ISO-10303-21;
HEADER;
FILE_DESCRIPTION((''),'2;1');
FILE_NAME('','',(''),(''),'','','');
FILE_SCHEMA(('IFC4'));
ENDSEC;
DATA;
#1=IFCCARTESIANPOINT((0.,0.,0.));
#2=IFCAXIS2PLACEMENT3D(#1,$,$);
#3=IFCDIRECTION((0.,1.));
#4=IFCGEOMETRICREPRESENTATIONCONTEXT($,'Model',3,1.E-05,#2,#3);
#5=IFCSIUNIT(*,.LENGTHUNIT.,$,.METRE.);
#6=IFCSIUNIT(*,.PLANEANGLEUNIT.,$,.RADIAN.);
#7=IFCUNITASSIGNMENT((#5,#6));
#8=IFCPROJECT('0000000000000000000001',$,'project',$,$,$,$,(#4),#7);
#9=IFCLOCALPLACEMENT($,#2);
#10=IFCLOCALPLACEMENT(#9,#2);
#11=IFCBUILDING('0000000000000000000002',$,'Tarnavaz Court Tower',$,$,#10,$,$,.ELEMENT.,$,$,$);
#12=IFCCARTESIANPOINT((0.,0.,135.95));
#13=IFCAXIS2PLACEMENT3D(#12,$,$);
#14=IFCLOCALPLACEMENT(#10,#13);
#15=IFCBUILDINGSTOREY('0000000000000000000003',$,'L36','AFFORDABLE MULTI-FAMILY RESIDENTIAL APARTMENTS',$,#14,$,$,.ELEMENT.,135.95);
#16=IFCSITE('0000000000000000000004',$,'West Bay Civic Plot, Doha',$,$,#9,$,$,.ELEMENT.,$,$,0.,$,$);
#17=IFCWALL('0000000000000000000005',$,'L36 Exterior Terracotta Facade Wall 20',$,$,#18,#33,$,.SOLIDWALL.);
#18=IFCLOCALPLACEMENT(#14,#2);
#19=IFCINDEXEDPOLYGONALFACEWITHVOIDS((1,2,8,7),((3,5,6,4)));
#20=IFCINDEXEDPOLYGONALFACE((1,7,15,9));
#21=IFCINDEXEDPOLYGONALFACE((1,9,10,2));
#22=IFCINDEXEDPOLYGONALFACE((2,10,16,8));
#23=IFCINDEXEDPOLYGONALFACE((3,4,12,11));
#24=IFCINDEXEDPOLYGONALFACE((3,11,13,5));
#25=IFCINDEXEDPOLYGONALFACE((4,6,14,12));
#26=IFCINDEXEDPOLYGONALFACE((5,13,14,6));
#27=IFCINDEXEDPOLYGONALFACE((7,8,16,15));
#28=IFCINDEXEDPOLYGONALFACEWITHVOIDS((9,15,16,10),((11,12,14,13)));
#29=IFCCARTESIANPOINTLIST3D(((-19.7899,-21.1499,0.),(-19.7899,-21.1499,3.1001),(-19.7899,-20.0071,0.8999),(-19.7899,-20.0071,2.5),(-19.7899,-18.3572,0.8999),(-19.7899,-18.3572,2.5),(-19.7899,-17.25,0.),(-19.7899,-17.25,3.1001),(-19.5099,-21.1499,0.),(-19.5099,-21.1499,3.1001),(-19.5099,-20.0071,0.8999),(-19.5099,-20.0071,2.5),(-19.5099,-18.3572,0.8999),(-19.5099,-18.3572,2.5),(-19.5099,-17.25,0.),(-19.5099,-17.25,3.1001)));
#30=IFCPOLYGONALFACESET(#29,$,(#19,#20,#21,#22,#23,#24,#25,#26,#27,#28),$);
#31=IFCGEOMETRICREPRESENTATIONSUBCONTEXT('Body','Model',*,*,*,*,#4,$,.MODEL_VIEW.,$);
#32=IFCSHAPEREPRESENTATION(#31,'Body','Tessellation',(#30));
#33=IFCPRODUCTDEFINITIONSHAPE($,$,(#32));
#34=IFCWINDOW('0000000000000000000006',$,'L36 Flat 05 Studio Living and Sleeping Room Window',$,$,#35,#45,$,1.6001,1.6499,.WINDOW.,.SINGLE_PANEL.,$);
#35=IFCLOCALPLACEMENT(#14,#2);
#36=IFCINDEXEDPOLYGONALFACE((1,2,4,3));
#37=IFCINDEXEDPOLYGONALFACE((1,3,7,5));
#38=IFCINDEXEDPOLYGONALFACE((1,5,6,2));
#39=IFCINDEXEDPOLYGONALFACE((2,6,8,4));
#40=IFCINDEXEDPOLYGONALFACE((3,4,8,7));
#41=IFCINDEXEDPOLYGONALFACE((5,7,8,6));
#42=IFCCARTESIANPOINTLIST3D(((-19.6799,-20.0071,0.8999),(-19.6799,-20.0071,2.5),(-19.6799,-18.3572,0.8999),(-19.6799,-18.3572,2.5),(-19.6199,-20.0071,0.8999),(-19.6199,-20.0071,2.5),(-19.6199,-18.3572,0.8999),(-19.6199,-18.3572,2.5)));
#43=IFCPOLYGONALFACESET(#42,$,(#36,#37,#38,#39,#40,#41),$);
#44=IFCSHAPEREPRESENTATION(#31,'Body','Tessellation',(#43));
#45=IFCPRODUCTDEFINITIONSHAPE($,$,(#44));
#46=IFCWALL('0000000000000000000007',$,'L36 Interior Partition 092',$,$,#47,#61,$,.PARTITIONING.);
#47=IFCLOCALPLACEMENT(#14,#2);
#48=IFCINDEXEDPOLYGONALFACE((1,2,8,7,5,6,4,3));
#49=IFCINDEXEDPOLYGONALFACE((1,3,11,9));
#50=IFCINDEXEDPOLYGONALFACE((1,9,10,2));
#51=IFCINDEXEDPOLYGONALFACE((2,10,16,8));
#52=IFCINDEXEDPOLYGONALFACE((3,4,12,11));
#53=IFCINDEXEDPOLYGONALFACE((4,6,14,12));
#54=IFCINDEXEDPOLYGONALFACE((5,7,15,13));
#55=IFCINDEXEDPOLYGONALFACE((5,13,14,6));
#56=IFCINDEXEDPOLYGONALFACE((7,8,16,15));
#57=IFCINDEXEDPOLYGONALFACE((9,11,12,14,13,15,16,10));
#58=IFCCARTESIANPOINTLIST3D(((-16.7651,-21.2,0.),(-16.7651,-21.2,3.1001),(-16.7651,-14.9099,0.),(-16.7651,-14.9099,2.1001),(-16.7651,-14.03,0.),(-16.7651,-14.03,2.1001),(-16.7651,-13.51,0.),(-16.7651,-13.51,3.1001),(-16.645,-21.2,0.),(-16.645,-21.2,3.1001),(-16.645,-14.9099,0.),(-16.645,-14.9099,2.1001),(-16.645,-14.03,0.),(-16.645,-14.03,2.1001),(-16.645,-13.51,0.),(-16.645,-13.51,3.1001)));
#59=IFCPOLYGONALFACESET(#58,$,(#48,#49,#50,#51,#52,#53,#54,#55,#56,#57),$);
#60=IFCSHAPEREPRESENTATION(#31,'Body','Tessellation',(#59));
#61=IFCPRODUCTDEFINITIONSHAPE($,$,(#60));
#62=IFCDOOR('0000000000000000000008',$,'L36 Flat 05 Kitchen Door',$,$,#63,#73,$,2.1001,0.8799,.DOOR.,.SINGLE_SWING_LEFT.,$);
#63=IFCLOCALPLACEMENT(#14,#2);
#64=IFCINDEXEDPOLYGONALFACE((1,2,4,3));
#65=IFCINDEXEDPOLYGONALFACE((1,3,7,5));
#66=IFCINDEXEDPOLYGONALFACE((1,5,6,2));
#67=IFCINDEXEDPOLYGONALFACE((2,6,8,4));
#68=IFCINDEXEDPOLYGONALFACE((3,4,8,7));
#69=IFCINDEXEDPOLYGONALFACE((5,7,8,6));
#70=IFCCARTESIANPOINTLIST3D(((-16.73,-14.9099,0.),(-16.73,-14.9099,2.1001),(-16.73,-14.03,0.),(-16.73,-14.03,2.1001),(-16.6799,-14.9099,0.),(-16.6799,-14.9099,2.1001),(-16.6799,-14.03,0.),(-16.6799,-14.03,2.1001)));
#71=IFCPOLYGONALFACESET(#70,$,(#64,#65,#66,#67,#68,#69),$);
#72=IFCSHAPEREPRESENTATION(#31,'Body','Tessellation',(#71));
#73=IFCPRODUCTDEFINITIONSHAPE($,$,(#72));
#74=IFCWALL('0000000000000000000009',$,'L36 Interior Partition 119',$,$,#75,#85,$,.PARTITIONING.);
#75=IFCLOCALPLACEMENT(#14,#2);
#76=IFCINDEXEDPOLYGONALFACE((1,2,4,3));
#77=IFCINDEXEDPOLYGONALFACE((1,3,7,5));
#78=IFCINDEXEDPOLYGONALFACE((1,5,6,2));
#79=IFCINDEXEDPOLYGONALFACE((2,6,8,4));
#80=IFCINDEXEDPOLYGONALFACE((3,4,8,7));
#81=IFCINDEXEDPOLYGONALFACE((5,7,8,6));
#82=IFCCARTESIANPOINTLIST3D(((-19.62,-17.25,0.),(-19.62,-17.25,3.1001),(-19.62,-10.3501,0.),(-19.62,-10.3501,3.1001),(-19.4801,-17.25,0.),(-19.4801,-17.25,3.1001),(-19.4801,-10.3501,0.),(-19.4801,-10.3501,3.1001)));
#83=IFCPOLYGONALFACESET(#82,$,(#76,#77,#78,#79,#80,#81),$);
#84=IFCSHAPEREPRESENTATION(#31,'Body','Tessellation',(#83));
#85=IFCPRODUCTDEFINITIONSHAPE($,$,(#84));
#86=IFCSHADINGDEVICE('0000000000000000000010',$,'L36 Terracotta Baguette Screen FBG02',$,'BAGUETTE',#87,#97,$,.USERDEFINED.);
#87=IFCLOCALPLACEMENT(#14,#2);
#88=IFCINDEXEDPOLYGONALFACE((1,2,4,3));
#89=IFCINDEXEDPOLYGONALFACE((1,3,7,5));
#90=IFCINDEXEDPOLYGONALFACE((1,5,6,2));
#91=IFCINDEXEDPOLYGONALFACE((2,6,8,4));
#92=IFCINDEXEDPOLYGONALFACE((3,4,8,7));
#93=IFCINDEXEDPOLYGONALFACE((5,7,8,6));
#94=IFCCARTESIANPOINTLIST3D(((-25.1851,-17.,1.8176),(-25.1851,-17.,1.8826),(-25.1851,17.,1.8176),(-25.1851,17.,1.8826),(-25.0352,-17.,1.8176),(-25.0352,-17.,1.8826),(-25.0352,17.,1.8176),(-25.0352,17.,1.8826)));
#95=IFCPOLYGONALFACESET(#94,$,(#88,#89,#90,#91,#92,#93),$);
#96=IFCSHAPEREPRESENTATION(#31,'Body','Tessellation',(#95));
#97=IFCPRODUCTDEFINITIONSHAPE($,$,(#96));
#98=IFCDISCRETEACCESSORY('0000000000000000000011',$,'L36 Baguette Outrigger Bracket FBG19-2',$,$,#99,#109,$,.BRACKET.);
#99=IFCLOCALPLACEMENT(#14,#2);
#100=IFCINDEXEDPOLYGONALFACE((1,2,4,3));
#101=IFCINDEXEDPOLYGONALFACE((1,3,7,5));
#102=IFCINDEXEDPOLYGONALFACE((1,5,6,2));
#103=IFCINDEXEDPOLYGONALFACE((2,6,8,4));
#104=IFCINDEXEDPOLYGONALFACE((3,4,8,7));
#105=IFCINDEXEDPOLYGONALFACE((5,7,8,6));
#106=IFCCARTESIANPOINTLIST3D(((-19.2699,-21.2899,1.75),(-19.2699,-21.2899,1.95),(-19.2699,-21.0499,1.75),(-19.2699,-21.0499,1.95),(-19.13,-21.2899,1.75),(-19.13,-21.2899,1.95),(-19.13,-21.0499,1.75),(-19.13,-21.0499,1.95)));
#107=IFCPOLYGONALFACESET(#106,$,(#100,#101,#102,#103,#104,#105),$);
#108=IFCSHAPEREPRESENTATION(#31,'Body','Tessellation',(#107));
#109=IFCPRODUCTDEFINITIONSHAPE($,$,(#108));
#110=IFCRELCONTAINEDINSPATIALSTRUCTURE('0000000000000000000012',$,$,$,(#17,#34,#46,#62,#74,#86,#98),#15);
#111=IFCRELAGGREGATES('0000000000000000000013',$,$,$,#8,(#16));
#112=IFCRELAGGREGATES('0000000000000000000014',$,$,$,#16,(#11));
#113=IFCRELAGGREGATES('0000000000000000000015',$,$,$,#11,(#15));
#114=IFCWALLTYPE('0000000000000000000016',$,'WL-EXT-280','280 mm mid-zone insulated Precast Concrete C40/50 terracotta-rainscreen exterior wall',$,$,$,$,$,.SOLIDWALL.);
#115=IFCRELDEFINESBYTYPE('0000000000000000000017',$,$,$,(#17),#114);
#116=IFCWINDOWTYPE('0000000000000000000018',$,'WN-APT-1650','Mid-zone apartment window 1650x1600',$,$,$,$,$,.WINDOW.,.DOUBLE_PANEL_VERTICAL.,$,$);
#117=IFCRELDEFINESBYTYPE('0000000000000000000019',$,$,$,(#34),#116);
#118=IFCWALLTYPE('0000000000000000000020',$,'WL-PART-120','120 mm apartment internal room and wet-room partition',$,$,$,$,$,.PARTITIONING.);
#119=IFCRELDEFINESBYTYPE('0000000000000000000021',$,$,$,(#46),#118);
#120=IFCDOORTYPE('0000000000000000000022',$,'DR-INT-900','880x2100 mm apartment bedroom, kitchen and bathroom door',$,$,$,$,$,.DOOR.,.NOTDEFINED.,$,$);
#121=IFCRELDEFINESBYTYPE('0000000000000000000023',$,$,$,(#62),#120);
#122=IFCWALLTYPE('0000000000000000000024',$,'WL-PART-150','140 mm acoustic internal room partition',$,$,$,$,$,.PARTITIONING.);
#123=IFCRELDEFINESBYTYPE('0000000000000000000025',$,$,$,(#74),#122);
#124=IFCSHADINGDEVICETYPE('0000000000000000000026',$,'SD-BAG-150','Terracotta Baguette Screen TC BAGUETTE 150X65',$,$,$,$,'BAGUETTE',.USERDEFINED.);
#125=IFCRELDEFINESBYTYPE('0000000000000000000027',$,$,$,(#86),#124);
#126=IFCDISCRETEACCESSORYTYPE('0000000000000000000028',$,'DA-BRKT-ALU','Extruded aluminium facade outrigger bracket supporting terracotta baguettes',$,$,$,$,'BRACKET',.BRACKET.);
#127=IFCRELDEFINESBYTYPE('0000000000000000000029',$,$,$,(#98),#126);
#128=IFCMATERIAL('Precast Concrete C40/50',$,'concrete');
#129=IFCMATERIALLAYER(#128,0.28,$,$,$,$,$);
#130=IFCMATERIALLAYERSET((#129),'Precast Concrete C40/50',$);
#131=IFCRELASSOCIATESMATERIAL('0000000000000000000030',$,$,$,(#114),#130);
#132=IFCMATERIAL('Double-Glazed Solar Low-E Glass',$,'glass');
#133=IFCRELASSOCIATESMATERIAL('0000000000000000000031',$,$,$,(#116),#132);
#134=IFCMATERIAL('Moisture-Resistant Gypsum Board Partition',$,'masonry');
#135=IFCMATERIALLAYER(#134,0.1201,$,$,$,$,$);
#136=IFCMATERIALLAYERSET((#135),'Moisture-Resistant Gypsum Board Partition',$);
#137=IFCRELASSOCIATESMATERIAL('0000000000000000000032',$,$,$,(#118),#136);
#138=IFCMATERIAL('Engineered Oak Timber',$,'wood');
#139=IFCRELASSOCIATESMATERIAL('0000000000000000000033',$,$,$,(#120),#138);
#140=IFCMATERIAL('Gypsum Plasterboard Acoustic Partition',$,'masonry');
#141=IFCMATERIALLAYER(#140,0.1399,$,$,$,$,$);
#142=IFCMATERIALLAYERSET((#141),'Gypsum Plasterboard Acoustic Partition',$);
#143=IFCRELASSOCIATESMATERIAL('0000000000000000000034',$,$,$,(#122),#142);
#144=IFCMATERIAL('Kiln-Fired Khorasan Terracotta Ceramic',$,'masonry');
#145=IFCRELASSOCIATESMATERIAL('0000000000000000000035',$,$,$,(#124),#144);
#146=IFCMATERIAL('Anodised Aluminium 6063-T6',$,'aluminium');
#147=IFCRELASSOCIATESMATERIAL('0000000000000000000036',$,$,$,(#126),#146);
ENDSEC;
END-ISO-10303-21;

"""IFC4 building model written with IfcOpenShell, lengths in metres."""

from ifc_helpers import new_model, si_unit, direction, frame, frame_2d, origin, origin_2d, place, context, subcontext, project, spatial, rectangle, extrude, material, layer, layer_set, material_profile, profile_set, type_object, element, fill, save


model = new_model("IFC4")

# Units and contexts
model_context = context("Model", 3, precision=1e-05, world=origin(), true_north=direction((0.0, 1.0)))
body_context = subcontext(model_context, "Body", "Model", "MODEL_VIEW")
ifc_project = project(units=[si_unit("LENGTHUNIT", "METRE"), si_unit("PLANEANGLEUNIT", "RADIAN")], contexts=[model_context])

# Site, building, storey
site_placement = place(None, origin())
site = spatial("IfcSite", under=ifc_project, at=site_placement, Name="West Bay Civic Plot, Doha", CompositionType="ELEMENT", RefElevation=0.0)
building_placement = place(site_placement, origin())
building = spatial("IfcBuilding", under=site, at=building_placement, Name="Tarnavaz Court Tower", CompositionType="ELEMENT")
storey_placement = place(building_placement, frame((0.0, 0.0, 135.95)))
storey = spatial("IfcBuildingStorey", under=building, at=storey_placement, Name="L36", Description="AFFORDABLE MULTI-FAMILY RESIDENTIAL APARTMENTS", CompositionType="ELEMENT", Elevation=135.95)

# Shared definitions
ifc_material_1 = material(Name="Precast Concrete C40/50", Category="concrete")
ifc_layer_1 = layer(ifc_material_1, 0.28)
ifc_layer_set_1 = layer_set([ifc_layer_1], Name="Precast Concrete C40/50")
wall_type_1 = type_object("IfcWallType", Name="WL-EXT-280", Description="280 mm mid-zone insulated Precast Concrete C40/50 terracotta-rainscreen exterior wall", PredefinedType="SOLIDWALL", material=ifc_layer_set_1)
ifc_material_2 = material(Name="Double-Glazed Solar Low-E Glass", Category="glass")

# Shared definitions
window_type_1 = type_object("IfcWindowType", Name="WN-APT-1650", Description="Mid-zone apartment window 1650x1600", PartitioningType="DOUBLE_PANEL_VERTICAL", PredefinedType="WINDOW", material=ifc_material_2)

# Wall, opening, window
wall_1_placement = place(storey_placement, frame((-19.6499, -21.1499, 0.0), z_axis=(0.0, 0.0, 1.0), x_axis=(0.0, 1.0, 0.0)))
wall_1 = element("IfcWall", 1, at=wall_1_placement, inside=storey, type_object=wall_type_1, Name="L36 Exterior Terracotta Facade Wall 20", PredefinedType="SOLIDWALL", context=body_context, shape_type="SweptSolid", body=[
    extrude(rectangle(XDim=3.8999, YDim=0.28, at=frame_2d((1.95, 0.0))), origin(), (0.0, 0.0, 1.0), 3.1001),
])
opening_1_placement = place(wall_1_placement, frame((1.1428, 0.0, 0.8999)))
opening_1 = element("IfcOpeningElement", 2, at=opening_1_placement, cuts=wall_1, PredefinedType="OPENING", context=body_context, shape_type="SweptSolid", body=[
    extrude(rectangle(XDim=1.6499, YDim=1.6001, at=frame_2d((0.825, 0.8))), frame((0.0, 0.1499, 0.0), z_axis=(0.0, -1.0, 0.0), x_axis=(1.0, 0.0, 0.0)), (0.0, 0.0, 1.0), 0.3),
])
window_1_placement = place(opening_1_placement, origin())
window_1 = element("IfcWindow", 3, at=window_1_placement, inside=storey, type_object=window_type_1, Name="L36 Flat 05 Studio Living and Sleeping Room Window", OverallHeight=1.6001, OverallWidth=1.6499, PartitioningType="SINGLE_PANEL", PredefinedType="WINDOW", context=body_context, shape_type="SweptSolid", body=[
    extrude(rectangle(XDim=1.6499, YDim=1.6001, at=frame_2d((0.825, 0.8))), frame((0.0, 0.03, 0.0), z_axis=(0.0, -1.0, 0.0), x_axis=(1.0, 0.0, 0.0)), (0.0, 0.0, 1.0), 0.0601),
])
fill(opening_1, window_1)

# Wall, opening, door
ifc_material_3 = material(Name="Moisture-Resistant Gypsum Board Partition", Category="masonry")
ifc_layer_2 = layer(ifc_material_3, 0.1201)
ifc_layer_set_2 = layer_set([ifc_layer_2], Name="Moisture-Resistant Gypsum Board Partition")
wall_type_2 = type_object("IfcWallType", Name="WL-PART-120", Description="120 mm apartment internal room and wet-room partition", PredefinedType="PARTITIONING", material=ifc_layer_set_2)
wall_2_placement = place(storey_placement, frame((-16.7051, -21.2, 0.0), z_axis=(0.0, 0.0, 1.0), x_axis=(0.0, 1.0, 0.0)))
wall_2 = element("IfcWall", 4, at=wall_2_placement, inside=storey, type_object=wall_type_2, Name="L36 Interior Partition 092", PredefinedType="PARTITIONING", context=body_context, shape_type="SweptSolid", body=[
    extrude(rectangle(XDim=7.6899, YDim=0.1201, at=frame_2d((3.845, 0.0))), origin(), (0.0, 0.0, 1.0), 3.1001),
])
opening_2_placement = place(wall_2_placement, frame((6.29, 0.0, 0.0)))
opening_2 = element("IfcOpeningElement", 5, at=opening_2_placement, cuts=wall_2, PredefinedType="OPENING", context=body_context, shape_type="SweptSolid", body=[
    extrude(rectangle(XDim=0.8799, YDim=2.1001, at=frame_2d((0.4399, 1.05))), frame((0.0, 0.0701, 0.0), z_axis=(0.0, -1.0, 0.0), x_axis=(1.0, 0.0, 0.0)), (0.0, 0.0, 1.0), 0.1401),
])
ifc_material_4 = material(Name="Engineered Oak Timber", Category="wood")
door_type = type_object("IfcDoorType", Name="DR-INT-900", Description="880x2100 mm apartment bedroom, kitchen and bathroom door", OperationType="NOTDEFINED", PredefinedType="DOOR", material=ifc_material_4)
door_placement = place(opening_2_placement, origin())
door = element("IfcDoor", 6, at=door_placement, inside=storey, type_object=door_type, Name="L36 Flat 05 Kitchen Door", OperationType="SINGLE_SWING_LEFT", OverallHeight=2.1001, OverallWidth=0.8799, PredefinedType="DOOR", context=body_context, shape_type="SweptSolid", body=[
    extrude(rectangle(XDim=0.8799, YDim=2.1001, at=frame_2d((0.4399, 1.05))), frame((0.0, 0.0249, 0.0), z_axis=(0.0, -1.0, 0.0), x_axis=(1.0, 0.0, 0.0)), (0.0, 0.0, 1.0), 0.05),
])
fill(opening_2, door)

# Wall
ifc_material_5 = material(Name="Gypsum Plasterboard Acoustic Partition", Category="masonry")
ifc_layer_3 = layer(ifc_material_5, 0.1399)
ifc_layer_set_3 = layer_set([ifc_layer_3], Name="Gypsum Plasterboard Acoustic Partition")
wall_type_3 = type_object("IfcWallType", Name="WL-PART-150", Description="140 mm acoustic internal room partition", PredefinedType="PARTITIONING", material=ifc_layer_set_3)
wall_3_placement = place(storey_placement, frame((-19.55, -17.25, 0.0), z_axis=(0.0, 0.0, 1.0), x_axis=(0.0, 1.0, 0.0)))
element("IfcWall", 7, at=wall_3_placement, inside=storey, type_object=wall_type_3, Name="L36 Interior Partition 119", PredefinedType="PARTITIONING", context=body_context, shape_type="SweptSolid", body=[
    extrude(rectangle(XDim=6.8999, YDim=0.1399, at=frame_2d((3.45, 0.0))), origin(), (0.0, 0.0, 1.0), 3.1001),
])

# Shading device
ifc_material_6 = material(Name="Kiln-Fired Khorasan Terracotta Ceramic", Category="masonry")
ifc_material_profile_1 = material_profile(ifc_material_6, rectangle(XDim=0.1499, YDim=0.0649, at=origin_2d()), Name="TC BAGUETTE 150X65")
ifc_profile_set_1 = profile_set([ifc_material_profile_1], Name="Kiln-Fired Khorasan Terracotta Ceramic")
shading_device_type = type_object("IfcShadingDeviceType", Name="SD-BAG-150", Description="Terracotta Baguette Screen TC BAGUETTE 150X65", ElementType="BAGUETTE", PredefinedType="USERDEFINED", material=ifc_profile_set_1)
shading_device_placement = place(storey_placement, frame((-25.1101, -17.0, 1.8501), z_axis=(0.0, 1.0, 0.0), x_axis=(-1.0, 0.0, 0.0)))
element("IfcShadingDevice", 8, at=shading_device_placement, inside=storey, type_object=shading_device_type, Name="L36 Terracotta Baguette Screen FBG02", ObjectType="BAGUETTE", PredefinedType="USERDEFINED", context=body_context, shape_type="SweptSolid", body=[
    extrude(rectangle(XDim=0.1499, YDim=0.0649, at=origin_2d()), origin(), (0.0, 0.0, 1.0), 34.0),
])

# Discrete accessory
ifc_material_7 = material(Name="Anodised Aluminium 6063-T6", Category="aluminium")
discrete_accessory_type = type_object("IfcDiscreteAccessoryType", Name="DA-BRKT-ALU", Description="Extruded aluminium facade outrigger bracket supporting terracotta baguettes", ElementType="BRACKET", PredefinedType="BRACKET", material=ifc_material_7)
discrete_accessory_placement = place(storey_placement, frame((-19.2, -21.1699, 1.75), z_axis=(0.0, 0.0, 1.0), x_axis=(-1.0, 0.0, 0.0)))
element("IfcDiscreteAccessory", 9, at=discrete_accessory_placement, inside=storey, type_object=discrete_accessory_type, Name="L36 Baguette Outrigger Bracket FBG19-2", PredefinedType="BRACKET", context=body_context, shape_type="SweptSolid", body=[
    extrude(rectangle(XDim=0.1399, YDim=0.24, at=origin_2d()), origin(), (0.0, 0.0, 1.0), 0.2),
])

save(model, "model.ifc")
